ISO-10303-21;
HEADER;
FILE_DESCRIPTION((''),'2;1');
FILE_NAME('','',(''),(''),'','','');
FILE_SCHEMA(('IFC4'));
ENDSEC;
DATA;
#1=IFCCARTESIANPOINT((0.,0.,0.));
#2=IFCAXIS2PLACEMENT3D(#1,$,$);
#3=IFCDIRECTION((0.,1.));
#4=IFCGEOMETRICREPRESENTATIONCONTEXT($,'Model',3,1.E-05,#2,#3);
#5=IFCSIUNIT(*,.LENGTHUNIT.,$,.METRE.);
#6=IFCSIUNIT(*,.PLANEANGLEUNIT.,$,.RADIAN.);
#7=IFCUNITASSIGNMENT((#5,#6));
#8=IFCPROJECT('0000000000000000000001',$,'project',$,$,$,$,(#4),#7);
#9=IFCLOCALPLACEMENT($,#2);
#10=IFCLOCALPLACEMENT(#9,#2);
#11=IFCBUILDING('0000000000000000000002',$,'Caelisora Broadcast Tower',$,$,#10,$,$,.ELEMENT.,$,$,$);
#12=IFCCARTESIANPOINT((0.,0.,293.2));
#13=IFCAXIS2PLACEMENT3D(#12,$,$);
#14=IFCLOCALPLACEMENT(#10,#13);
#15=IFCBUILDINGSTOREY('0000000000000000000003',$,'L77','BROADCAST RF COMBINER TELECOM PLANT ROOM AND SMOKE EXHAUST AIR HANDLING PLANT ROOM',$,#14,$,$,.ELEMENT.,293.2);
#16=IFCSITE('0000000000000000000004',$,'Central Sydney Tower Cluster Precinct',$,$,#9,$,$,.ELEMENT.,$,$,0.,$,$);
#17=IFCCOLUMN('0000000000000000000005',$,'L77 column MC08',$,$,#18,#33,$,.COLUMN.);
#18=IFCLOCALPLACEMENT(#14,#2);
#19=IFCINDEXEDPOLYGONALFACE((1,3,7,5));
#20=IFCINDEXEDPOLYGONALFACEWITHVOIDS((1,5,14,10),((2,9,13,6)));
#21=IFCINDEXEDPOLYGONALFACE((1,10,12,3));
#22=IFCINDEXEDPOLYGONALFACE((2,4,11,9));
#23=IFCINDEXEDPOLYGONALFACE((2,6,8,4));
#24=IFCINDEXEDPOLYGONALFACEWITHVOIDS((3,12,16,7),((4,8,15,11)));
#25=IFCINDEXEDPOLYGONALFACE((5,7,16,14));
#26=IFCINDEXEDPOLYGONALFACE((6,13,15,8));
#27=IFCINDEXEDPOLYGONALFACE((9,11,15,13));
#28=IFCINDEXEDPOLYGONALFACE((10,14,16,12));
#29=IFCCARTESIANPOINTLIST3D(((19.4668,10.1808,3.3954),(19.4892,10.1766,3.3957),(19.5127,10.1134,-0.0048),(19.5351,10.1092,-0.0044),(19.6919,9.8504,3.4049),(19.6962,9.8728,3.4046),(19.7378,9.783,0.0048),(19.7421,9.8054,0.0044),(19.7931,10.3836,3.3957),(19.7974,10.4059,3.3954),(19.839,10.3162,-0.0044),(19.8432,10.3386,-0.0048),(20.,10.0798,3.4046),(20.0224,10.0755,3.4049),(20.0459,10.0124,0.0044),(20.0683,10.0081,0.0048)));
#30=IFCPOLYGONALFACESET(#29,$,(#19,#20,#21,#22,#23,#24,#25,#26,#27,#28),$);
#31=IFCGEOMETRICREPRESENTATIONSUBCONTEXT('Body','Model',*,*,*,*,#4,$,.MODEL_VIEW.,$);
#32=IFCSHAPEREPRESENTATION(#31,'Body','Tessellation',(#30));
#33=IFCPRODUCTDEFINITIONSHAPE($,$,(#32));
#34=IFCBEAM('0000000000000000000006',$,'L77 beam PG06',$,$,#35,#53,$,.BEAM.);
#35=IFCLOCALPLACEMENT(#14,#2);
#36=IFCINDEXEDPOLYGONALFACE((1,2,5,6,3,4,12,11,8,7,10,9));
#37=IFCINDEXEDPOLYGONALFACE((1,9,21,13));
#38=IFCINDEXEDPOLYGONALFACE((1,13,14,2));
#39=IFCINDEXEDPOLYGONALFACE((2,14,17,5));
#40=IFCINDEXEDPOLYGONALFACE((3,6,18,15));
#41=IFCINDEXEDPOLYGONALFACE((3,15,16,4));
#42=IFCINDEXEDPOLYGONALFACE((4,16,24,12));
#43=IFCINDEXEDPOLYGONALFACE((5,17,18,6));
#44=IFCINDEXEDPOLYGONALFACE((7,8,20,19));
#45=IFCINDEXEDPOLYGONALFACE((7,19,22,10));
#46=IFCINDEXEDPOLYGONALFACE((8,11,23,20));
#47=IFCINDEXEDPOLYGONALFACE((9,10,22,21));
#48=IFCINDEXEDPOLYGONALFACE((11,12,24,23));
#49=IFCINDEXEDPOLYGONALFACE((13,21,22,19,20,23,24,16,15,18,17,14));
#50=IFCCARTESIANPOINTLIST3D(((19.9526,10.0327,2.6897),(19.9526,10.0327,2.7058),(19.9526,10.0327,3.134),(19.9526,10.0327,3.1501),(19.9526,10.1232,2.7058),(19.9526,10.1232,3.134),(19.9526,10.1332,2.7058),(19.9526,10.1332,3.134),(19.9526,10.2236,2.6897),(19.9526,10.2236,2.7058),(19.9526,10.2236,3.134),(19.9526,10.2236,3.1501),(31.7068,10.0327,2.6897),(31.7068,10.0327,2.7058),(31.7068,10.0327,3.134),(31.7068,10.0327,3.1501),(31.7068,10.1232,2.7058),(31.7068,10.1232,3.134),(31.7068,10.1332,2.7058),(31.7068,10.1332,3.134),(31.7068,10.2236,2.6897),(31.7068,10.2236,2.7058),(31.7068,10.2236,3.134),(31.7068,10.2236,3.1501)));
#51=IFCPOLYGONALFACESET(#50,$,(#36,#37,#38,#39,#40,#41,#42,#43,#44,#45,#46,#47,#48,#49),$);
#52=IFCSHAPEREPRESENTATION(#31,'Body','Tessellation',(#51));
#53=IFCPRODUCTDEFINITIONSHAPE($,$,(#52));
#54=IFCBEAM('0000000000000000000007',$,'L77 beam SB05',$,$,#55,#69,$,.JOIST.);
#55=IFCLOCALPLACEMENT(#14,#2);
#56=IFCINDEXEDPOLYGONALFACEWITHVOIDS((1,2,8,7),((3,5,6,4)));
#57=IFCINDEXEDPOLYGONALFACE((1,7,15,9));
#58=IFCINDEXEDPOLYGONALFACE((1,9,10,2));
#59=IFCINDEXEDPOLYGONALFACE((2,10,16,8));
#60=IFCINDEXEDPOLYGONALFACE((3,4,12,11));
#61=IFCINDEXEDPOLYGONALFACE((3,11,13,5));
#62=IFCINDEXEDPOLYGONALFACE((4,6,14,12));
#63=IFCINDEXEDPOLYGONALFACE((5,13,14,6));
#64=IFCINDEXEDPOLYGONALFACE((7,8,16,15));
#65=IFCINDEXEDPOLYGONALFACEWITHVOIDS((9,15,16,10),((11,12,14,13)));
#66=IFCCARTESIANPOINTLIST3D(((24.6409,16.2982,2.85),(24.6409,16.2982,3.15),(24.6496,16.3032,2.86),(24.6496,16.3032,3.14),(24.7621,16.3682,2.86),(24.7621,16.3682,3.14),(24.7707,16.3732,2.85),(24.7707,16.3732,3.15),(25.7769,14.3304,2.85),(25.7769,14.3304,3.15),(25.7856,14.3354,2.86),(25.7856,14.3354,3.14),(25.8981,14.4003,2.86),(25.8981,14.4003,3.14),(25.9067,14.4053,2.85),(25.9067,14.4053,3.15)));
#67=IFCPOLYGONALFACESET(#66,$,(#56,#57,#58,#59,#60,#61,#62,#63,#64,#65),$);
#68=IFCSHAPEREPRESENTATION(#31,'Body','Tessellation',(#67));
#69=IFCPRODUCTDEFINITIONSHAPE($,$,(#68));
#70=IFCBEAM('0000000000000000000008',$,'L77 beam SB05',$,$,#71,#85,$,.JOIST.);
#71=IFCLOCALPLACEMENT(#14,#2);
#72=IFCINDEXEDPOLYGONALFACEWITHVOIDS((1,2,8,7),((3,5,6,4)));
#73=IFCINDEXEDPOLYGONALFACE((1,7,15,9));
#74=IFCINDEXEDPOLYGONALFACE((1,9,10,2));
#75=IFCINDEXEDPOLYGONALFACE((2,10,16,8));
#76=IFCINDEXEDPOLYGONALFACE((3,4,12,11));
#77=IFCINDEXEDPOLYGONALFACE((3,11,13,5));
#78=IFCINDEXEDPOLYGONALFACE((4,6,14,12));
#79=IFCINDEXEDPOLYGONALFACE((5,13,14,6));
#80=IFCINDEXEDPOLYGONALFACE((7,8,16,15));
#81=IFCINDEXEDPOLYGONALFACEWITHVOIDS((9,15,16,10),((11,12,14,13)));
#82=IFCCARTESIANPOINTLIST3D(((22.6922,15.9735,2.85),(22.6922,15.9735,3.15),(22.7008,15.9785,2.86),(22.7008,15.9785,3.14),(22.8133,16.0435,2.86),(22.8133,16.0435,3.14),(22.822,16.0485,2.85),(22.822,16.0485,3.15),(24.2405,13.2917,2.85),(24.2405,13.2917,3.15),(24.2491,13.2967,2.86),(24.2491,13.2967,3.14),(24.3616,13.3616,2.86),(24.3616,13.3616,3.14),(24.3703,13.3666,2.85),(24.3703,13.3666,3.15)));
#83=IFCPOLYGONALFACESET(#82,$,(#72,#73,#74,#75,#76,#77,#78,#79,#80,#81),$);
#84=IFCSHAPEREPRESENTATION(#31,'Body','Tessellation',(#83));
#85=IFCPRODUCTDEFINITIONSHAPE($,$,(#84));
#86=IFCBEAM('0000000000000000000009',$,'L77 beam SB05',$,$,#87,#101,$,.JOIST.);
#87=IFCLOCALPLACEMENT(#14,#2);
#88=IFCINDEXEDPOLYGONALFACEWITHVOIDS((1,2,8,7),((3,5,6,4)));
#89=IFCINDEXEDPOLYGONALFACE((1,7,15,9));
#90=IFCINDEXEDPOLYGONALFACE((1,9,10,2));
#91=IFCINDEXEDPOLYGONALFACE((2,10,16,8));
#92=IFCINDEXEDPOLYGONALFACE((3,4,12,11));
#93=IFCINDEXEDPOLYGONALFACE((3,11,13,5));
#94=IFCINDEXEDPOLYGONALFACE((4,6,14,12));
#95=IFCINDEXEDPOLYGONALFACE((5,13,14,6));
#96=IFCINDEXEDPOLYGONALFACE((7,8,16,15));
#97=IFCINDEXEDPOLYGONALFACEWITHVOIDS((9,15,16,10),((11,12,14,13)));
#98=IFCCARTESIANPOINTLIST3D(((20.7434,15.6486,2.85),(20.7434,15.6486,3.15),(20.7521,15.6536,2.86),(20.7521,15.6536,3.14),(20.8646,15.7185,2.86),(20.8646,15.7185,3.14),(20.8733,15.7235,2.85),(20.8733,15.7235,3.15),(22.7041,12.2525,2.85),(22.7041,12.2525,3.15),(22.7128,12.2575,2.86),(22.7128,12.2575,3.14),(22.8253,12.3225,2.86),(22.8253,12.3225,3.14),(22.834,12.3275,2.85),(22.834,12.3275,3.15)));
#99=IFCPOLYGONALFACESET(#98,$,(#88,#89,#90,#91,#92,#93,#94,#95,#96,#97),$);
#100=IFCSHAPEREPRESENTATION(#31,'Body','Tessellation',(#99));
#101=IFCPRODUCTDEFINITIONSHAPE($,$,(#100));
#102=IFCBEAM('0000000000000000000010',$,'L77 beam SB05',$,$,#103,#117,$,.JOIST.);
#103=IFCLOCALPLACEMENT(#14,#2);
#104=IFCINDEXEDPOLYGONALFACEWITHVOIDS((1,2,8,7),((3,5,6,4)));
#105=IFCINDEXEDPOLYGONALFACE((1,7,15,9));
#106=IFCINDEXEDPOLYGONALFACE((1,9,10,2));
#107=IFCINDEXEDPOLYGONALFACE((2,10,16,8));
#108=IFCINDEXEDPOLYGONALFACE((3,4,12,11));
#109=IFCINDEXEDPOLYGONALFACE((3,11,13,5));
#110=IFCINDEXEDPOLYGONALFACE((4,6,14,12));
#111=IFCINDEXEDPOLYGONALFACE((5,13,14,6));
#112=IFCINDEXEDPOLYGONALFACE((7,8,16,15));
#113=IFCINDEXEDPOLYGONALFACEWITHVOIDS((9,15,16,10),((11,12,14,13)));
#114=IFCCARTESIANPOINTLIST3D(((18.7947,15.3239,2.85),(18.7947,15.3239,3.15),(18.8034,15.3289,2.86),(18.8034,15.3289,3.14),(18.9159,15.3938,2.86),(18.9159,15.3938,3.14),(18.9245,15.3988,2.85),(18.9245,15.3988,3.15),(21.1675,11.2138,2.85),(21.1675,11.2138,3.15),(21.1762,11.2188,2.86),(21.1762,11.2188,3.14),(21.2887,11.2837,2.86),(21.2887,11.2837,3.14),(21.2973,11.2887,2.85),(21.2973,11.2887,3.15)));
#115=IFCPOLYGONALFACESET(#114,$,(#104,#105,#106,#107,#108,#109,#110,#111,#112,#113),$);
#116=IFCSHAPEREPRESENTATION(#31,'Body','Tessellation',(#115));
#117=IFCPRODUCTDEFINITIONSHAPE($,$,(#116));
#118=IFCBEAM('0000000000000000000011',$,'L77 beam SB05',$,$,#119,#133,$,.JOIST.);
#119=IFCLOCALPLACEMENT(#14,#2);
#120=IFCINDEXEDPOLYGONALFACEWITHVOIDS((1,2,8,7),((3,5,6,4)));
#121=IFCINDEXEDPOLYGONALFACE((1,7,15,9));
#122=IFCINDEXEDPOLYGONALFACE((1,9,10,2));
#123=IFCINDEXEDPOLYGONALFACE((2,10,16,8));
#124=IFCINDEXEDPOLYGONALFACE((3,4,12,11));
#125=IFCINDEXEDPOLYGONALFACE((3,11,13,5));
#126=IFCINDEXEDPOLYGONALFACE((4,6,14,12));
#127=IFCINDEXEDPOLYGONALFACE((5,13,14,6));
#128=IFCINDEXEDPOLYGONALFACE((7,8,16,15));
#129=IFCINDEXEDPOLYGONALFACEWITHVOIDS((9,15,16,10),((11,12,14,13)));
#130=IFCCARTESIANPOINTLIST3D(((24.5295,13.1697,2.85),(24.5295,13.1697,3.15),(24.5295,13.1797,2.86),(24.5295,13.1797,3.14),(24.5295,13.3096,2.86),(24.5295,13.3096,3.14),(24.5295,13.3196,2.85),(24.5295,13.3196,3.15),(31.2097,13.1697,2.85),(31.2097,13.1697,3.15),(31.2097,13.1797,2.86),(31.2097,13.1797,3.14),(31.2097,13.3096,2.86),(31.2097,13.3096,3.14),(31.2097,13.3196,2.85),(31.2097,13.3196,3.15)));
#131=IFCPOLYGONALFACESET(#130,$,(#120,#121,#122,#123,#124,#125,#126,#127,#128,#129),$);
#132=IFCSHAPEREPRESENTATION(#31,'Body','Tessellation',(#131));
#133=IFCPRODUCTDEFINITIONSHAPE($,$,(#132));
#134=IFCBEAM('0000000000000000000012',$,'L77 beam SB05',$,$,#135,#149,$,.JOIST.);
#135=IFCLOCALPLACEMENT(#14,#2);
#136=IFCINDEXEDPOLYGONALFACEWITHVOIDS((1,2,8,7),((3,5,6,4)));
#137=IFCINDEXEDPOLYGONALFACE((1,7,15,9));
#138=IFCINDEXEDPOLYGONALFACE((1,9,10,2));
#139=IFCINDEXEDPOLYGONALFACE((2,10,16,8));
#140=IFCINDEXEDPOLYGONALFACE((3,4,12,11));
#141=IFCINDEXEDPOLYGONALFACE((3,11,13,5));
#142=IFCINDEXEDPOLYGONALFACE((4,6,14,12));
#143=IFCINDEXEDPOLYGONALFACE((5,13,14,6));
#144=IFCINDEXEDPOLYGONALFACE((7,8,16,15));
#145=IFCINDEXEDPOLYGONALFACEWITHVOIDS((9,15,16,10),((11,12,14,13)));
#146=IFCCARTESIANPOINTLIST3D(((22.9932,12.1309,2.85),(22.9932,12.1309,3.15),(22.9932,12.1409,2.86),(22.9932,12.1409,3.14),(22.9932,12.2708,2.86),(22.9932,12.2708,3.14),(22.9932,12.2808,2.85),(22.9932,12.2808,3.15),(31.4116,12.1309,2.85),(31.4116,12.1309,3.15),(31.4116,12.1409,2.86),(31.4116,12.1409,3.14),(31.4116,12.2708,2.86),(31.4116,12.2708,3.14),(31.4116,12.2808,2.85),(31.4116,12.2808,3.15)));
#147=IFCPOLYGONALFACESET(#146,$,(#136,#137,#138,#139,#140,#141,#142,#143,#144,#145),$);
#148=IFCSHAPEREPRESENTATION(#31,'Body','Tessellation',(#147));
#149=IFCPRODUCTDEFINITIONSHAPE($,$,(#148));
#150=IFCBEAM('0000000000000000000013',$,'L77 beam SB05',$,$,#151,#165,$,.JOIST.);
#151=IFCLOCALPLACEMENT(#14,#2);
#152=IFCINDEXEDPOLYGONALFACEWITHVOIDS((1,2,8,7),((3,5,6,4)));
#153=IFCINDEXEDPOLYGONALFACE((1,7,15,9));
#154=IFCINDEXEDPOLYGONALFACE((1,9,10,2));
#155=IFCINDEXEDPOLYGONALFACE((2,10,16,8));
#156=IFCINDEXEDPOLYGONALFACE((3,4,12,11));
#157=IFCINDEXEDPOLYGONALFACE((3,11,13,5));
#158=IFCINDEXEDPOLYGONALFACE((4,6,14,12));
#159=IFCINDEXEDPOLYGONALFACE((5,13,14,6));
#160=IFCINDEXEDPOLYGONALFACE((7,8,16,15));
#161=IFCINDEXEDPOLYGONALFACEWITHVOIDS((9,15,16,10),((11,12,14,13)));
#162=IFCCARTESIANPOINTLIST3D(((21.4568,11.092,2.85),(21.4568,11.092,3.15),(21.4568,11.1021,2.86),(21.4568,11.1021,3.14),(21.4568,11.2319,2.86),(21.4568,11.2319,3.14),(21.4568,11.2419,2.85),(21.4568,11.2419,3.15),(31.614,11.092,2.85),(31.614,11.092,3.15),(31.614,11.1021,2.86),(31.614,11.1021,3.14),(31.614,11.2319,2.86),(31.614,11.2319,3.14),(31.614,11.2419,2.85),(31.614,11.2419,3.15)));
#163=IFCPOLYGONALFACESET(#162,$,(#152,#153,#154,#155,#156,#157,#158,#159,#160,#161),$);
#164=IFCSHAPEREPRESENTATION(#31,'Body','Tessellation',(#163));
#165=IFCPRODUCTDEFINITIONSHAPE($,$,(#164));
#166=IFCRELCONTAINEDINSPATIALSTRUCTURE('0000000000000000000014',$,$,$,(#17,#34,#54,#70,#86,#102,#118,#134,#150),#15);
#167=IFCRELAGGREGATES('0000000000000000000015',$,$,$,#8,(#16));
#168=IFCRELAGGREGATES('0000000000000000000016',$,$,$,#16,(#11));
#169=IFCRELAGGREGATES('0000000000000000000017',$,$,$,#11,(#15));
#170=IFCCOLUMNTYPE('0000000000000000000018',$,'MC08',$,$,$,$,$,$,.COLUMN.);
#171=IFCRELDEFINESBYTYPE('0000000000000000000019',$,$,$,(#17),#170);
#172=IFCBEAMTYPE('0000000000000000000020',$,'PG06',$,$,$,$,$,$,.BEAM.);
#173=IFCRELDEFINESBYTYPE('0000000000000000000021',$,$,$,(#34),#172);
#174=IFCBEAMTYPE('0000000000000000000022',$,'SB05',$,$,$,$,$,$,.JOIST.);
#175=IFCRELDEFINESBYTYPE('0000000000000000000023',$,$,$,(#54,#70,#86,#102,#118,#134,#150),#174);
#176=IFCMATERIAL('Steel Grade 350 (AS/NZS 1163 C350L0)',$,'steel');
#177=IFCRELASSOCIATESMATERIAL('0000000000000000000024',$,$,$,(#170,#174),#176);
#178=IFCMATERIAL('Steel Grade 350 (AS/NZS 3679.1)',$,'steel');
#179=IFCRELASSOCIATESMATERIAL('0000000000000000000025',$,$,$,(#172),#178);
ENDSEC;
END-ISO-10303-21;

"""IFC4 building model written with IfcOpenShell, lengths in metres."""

from ifc_helpers import new_model, si_unit, direction, frame, origin, origin_2d, place, context, subcontext, project, spatial, hollow_rectangle, i_section, extrude, source, transform, mapped, material, material_profile, profile_set, type_object, type_shapes, element, save


model = new_model("IFC4")

# Units and contexts
model_context = context("Model", 3, precision=1e-05, world=origin(), true_north=direction((0.0, 1.0)))
body_context = subcontext(model_context, "Body", "Model", "MODEL_VIEW")
ifc_project = project(units=[si_unit("LENGTHUNIT", "METRE"), si_unit("PLANEANGLEUNIT", "RADIAN")], contexts=[model_context])

# Site, building, storey
site_placement = place(None, origin())
site = spatial("IfcSite", under=ifc_project, at=site_placement, Name="Central Sydney Tower Cluster Precinct", CompositionType="ELEMENT", RefElevation=0.0)
building_placement = place(site_placement, origin())
building = spatial("IfcBuilding", under=site, at=building_placement, Name="Caelisora Broadcast Tower", CompositionType="ELEMENT")
storey_placement = place(building_placement, frame((0.0, 0.0, 293.2)))
storey = spatial("IfcBuildingStorey", under=building, at=storey_placement, Name="L77", Description="BROADCAST RF COMBINER TELECOM PLANT ROOM AND SMOKE EXHAUST AIR HANDLING PLANT ROOM", CompositionType="ELEMENT", Elevation=293.2)

# Column
ifc_material_1 = material(Name="Steel Grade 350 (AS/NZS 1163 C350L0)", Category="steel")
ifc_material_profile_1 = material_profile(ifc_material_1, hollow_rectangle(XDim=0.3999, YDim=0.3999, WallThickness=0.0161, at=origin_2d()), Name="Steel Grade 350 (AS/NZS 1163 C350L0)")
ifc_profile_set_1 = profile_set([ifc_material_profile_1], Name="Steel Grade 350 (AS/NZS 1163 C350L0)")
column_type = type_object("IfcColumnType", Name="MC08", PredefinedType="COLUMN", material=ifc_profile_set_1)
shared_shape_1 = source(origin(), body_context, "Body", "SweptSolid", [
    extrude(hollow_rectangle(XDim=0.3999, YDim=0.3999, WallThickness=0.0161, at=origin_2d()), origin(), (0.0, 0.0, 1.0), 3.4011),
])
type_shapes(column_type, [shared_shape_1])
column_placement = place(storey_placement, frame((19.7905, 10.0608, 0.0), z_axis=(-0.013495, 0.019812, 0.999713), x_axis=(-0.826481, -0.562965, 0.0)))
element("IfcColumn", 1, at=column_placement, inside=storey, type_object=column_type, Name="L77 column MC08", PredefinedType="COLUMN", context=body_context, shape_type="MappedRepresentation", body=[
    mapped(shared_shape_1, transform((0.0, 0.0, 0.0), scale=1.0)),
])

# Beams
ifc_material_2 = material(Name="Steel Grade 350 (AS/NZS 3679.1)", Category="steel")
ifc_material_profile_2 = material_profile(ifc_material_2, i_section(OverallWidth=0.1909, OverallDepth=0.4604, WebThickness=0.01, FlangeThickness=0.0161, at=origin_2d()), Name="Steel Grade 350 (AS/NZS 3679.1)")
ifc_profile_set_2 = profile_set([ifc_material_profile_2], Name="Steel Grade 350 (AS/NZS 3679.1)")
beam_type_1 = type_object("IfcBeamType", Name="PG06", PredefinedType="BEAM", material=ifc_profile_set_2)
shared_shape_2 = source(origin(), body_context, "Body", "SweptSolid", [
    extrude(i_section(OverallWidth=0.1909, OverallDepth=0.4604, WebThickness=0.01, FlangeThickness=0.0161, at=origin_2d()), origin(), (0.0, 0.0, 1.0), 11.7542),
])
type_shapes(beam_type_1, [shared_shape_2])
beam_1_placement = place(storey_placement, frame((19.9526, 10.1282, 2.9199), z_axis=(1.0, 0.0, 0.0), x_axis=(0.0, 1.0, 0.0)))
element("IfcBeam", 2, at=beam_1_placement, inside=storey, type_object=beam_type_1, Name="L77 beam PG06", PredefinedType="BEAM", context=body_context, shape_type="MappedRepresentation", body=[
    mapped(shared_shape_2, transform((0.0, 0.0, 0.0), scale=1.0)),
])
ifc_material_profile_3 = material_profile(ifc_material_1, hollow_rectangle(XDim=0.1499, YDim=0.3, WallThickness=0.01, at=origin_2d()), Name="Steel Grade 350 (AS/NZS 1163 C350L0)")
ifc_profile_set_3 = profile_set([ifc_material_profile_3], Name="Steel Grade 350 (AS/NZS 1163 C350L0)")
beam_type_2 = type_object("IfcBeamType", Name="SB05", PredefinedType="JOIST", material=ifc_profile_set_3)
shared_shape_3 = source(origin(), body_context, "Body", "SweptSolid", [
    extrude(hollow_rectangle(XDim=0.1499, YDim=0.3, WallThickness=0.01, at=origin_2d()), origin(), (0.0, 0.0, 1.0), 2.2722),
])
beam_2_placement = place(storey_placement, frame((24.7058, 16.3357, 3.0), z_axis=(0.499964, -0.866046, 0.0), x_axis=(0.866046, 0.499964, 0.0)))
element("IfcBeam", 3, at=beam_2_placement, inside=storey, type_object=beam_type_2, Name="L77 beam SB05", PredefinedType="JOIST", context=body_context, shape_type="MappedRepresentation", body=[
    mapped(shared_shape_3, transform((0.0, 0.0, 0.0), scale=1.0)),
])
shared_shape_4 = source(origin(), body_context, "Body", "SweptSolid", [
    extrude(hollow_rectangle(XDim=0.1499, YDim=0.3, WallThickness=0.01, at=origin_2d()), origin(), (0.0, 0.0, 1.0), 3.0967),
])
beam_3_placement = place(storey_placement, frame((22.7571, 16.011, 3.0), z_axis=(0.499989, -0.866032, 0.0), x_axis=(0.866032, 0.499989, 0.0)))
element("IfcBeam", 4, at=beam_3_placement, inside=storey, type_object=beam_type_2, Name="L77 beam SB05", PredefinedType="JOIST", context=body_context, shape_type="MappedRepresentation", body=[
    mapped(shared_shape_4, transform((0.0, 0.0, 0.0), scale=1.0)),
])
shared_shape_5 = source(origin(), body_context, "Body", "SweptSolid", [
    extrude(hollow_rectangle(XDim=0.1499, YDim=0.3, WallThickness=0.01, at=origin_2d()), origin(), (0.0, 0.0, 1.0), 3.9214),
])
beam_4_placement = place(storey_placement, frame((20.8083, 15.686, 3.0), z_axis=(0.500003, -0.866024, 0.0), x_axis=(0.866024, 0.500003, 0.0)))
element("IfcBeam", 5, at=beam_4_placement, inside=storey, type_object=beam_type_2, Name="L77 beam SB05", PredefinedType="JOIST", context=body_context, shape_type="MappedRepresentation", body=[
    mapped(shared_shape_5, transform((0.0, 0.0, 0.0), scale=1.0)),
])
shared_shape_6 = source(origin(), body_context, "Body", "SweptSolid", [
    extrude(hollow_rectangle(XDim=0.1499, YDim=0.3, WallThickness=0.01, at=origin_2d()), origin(), (0.0, 0.0, 1.0), 4.7458),
])
beam_5_placement = place(storey_placement, frame((18.8596, 15.3613, 3.0), z_axis=(0.499973, -0.866041, 0.0), x_axis=(0.866041, 0.499973, 0.0)))
element("IfcBeam", 6, at=beam_5_placement, inside=storey, type_object=beam_type_2, Name="L77 beam SB05", PredefinedType="JOIST", context=body_context, shape_type="MappedRepresentation", body=[
    mapped(shared_shape_6, transform((0.0, 0.0, 0.0), scale=1.0)),
])
shared_shape_7 = source(origin(), body_context, "Body", "SweptSolid", [
    extrude(hollow_rectangle(XDim=0.1499, YDim=0.3, WallThickness=0.01, at=origin_2d()), origin(), (0.0, 0.0, 1.0), 6.6802),
])
beam_6_placement = place(storey_placement, frame((24.5295, 13.2446, 3.0), z_axis=(1.0, 0.0, 0.0), x_axis=(0.0, 1.0, 0.0)))
element("IfcBeam", 7, at=beam_6_placement, inside=storey, type_object=beam_type_2, Name="L77 beam SB05", PredefinedType="JOIST", context=body_context, shape_type="MappedRepresentation", body=[
    mapped(shared_shape_7, transform((0.0, 0.0, 0.0), scale=1.0)),
])
shared_shape_8 = source(origin(), body_context, "Body", "SweptSolid", [
    extrude(hollow_rectangle(XDim=0.1499, YDim=0.3, WallThickness=0.01, at=origin_2d()), origin(), (0.0, 0.0, 1.0), 8.4185),
])
beam_7_placement = place(storey_placement, frame((22.9932, 12.2058, 3.0), z_axis=(1.0, 0.0, 0.0), x_axis=(0.0, 1.0, 0.0)))
element("IfcBeam", 8, at=beam_7_placement, inside=storey, type_object=beam_type_2, Name="L77 beam SB05", PredefinedType="JOIST", context=body_context, shape_type="MappedRepresentation", body=[
    mapped(shared_shape_8, transform((0.0, 0.0, 0.0), scale=1.0)),
])
shared_shape_9 = source(origin(), body_context, "Body", "SweptSolid", [
    extrude(hollow_rectangle(XDim=0.1499, YDim=0.3, WallThickness=0.01, at=origin_2d()), origin(), (0.0, 0.0, 1.0), 10.1572),
])
type_shapes(beam_type_2, [shared_shape_3, shared_shape_4, shared_shape_5, shared_shape_6, shared_shape_7, shared_shape_8, shared_shape_9])
beam_8_placement = place(storey_placement, frame((21.4568, 11.167, 3.0), z_axis=(1.0, 0.0, 0.0), x_axis=(0.0, 1.0, 0.0)))
element("IfcBeam", 9, at=beam_8_placement, inside=storey, type_object=beam_type_2, Name="L77 beam SB05", PredefinedType="JOIST", context=body_context, shape_type="MappedRepresentation", body=[
    mapped(shared_shape_9, transform((0.0, 0.0, 0.0), scale=1.0)),
])

save(model, "model.ifc")
